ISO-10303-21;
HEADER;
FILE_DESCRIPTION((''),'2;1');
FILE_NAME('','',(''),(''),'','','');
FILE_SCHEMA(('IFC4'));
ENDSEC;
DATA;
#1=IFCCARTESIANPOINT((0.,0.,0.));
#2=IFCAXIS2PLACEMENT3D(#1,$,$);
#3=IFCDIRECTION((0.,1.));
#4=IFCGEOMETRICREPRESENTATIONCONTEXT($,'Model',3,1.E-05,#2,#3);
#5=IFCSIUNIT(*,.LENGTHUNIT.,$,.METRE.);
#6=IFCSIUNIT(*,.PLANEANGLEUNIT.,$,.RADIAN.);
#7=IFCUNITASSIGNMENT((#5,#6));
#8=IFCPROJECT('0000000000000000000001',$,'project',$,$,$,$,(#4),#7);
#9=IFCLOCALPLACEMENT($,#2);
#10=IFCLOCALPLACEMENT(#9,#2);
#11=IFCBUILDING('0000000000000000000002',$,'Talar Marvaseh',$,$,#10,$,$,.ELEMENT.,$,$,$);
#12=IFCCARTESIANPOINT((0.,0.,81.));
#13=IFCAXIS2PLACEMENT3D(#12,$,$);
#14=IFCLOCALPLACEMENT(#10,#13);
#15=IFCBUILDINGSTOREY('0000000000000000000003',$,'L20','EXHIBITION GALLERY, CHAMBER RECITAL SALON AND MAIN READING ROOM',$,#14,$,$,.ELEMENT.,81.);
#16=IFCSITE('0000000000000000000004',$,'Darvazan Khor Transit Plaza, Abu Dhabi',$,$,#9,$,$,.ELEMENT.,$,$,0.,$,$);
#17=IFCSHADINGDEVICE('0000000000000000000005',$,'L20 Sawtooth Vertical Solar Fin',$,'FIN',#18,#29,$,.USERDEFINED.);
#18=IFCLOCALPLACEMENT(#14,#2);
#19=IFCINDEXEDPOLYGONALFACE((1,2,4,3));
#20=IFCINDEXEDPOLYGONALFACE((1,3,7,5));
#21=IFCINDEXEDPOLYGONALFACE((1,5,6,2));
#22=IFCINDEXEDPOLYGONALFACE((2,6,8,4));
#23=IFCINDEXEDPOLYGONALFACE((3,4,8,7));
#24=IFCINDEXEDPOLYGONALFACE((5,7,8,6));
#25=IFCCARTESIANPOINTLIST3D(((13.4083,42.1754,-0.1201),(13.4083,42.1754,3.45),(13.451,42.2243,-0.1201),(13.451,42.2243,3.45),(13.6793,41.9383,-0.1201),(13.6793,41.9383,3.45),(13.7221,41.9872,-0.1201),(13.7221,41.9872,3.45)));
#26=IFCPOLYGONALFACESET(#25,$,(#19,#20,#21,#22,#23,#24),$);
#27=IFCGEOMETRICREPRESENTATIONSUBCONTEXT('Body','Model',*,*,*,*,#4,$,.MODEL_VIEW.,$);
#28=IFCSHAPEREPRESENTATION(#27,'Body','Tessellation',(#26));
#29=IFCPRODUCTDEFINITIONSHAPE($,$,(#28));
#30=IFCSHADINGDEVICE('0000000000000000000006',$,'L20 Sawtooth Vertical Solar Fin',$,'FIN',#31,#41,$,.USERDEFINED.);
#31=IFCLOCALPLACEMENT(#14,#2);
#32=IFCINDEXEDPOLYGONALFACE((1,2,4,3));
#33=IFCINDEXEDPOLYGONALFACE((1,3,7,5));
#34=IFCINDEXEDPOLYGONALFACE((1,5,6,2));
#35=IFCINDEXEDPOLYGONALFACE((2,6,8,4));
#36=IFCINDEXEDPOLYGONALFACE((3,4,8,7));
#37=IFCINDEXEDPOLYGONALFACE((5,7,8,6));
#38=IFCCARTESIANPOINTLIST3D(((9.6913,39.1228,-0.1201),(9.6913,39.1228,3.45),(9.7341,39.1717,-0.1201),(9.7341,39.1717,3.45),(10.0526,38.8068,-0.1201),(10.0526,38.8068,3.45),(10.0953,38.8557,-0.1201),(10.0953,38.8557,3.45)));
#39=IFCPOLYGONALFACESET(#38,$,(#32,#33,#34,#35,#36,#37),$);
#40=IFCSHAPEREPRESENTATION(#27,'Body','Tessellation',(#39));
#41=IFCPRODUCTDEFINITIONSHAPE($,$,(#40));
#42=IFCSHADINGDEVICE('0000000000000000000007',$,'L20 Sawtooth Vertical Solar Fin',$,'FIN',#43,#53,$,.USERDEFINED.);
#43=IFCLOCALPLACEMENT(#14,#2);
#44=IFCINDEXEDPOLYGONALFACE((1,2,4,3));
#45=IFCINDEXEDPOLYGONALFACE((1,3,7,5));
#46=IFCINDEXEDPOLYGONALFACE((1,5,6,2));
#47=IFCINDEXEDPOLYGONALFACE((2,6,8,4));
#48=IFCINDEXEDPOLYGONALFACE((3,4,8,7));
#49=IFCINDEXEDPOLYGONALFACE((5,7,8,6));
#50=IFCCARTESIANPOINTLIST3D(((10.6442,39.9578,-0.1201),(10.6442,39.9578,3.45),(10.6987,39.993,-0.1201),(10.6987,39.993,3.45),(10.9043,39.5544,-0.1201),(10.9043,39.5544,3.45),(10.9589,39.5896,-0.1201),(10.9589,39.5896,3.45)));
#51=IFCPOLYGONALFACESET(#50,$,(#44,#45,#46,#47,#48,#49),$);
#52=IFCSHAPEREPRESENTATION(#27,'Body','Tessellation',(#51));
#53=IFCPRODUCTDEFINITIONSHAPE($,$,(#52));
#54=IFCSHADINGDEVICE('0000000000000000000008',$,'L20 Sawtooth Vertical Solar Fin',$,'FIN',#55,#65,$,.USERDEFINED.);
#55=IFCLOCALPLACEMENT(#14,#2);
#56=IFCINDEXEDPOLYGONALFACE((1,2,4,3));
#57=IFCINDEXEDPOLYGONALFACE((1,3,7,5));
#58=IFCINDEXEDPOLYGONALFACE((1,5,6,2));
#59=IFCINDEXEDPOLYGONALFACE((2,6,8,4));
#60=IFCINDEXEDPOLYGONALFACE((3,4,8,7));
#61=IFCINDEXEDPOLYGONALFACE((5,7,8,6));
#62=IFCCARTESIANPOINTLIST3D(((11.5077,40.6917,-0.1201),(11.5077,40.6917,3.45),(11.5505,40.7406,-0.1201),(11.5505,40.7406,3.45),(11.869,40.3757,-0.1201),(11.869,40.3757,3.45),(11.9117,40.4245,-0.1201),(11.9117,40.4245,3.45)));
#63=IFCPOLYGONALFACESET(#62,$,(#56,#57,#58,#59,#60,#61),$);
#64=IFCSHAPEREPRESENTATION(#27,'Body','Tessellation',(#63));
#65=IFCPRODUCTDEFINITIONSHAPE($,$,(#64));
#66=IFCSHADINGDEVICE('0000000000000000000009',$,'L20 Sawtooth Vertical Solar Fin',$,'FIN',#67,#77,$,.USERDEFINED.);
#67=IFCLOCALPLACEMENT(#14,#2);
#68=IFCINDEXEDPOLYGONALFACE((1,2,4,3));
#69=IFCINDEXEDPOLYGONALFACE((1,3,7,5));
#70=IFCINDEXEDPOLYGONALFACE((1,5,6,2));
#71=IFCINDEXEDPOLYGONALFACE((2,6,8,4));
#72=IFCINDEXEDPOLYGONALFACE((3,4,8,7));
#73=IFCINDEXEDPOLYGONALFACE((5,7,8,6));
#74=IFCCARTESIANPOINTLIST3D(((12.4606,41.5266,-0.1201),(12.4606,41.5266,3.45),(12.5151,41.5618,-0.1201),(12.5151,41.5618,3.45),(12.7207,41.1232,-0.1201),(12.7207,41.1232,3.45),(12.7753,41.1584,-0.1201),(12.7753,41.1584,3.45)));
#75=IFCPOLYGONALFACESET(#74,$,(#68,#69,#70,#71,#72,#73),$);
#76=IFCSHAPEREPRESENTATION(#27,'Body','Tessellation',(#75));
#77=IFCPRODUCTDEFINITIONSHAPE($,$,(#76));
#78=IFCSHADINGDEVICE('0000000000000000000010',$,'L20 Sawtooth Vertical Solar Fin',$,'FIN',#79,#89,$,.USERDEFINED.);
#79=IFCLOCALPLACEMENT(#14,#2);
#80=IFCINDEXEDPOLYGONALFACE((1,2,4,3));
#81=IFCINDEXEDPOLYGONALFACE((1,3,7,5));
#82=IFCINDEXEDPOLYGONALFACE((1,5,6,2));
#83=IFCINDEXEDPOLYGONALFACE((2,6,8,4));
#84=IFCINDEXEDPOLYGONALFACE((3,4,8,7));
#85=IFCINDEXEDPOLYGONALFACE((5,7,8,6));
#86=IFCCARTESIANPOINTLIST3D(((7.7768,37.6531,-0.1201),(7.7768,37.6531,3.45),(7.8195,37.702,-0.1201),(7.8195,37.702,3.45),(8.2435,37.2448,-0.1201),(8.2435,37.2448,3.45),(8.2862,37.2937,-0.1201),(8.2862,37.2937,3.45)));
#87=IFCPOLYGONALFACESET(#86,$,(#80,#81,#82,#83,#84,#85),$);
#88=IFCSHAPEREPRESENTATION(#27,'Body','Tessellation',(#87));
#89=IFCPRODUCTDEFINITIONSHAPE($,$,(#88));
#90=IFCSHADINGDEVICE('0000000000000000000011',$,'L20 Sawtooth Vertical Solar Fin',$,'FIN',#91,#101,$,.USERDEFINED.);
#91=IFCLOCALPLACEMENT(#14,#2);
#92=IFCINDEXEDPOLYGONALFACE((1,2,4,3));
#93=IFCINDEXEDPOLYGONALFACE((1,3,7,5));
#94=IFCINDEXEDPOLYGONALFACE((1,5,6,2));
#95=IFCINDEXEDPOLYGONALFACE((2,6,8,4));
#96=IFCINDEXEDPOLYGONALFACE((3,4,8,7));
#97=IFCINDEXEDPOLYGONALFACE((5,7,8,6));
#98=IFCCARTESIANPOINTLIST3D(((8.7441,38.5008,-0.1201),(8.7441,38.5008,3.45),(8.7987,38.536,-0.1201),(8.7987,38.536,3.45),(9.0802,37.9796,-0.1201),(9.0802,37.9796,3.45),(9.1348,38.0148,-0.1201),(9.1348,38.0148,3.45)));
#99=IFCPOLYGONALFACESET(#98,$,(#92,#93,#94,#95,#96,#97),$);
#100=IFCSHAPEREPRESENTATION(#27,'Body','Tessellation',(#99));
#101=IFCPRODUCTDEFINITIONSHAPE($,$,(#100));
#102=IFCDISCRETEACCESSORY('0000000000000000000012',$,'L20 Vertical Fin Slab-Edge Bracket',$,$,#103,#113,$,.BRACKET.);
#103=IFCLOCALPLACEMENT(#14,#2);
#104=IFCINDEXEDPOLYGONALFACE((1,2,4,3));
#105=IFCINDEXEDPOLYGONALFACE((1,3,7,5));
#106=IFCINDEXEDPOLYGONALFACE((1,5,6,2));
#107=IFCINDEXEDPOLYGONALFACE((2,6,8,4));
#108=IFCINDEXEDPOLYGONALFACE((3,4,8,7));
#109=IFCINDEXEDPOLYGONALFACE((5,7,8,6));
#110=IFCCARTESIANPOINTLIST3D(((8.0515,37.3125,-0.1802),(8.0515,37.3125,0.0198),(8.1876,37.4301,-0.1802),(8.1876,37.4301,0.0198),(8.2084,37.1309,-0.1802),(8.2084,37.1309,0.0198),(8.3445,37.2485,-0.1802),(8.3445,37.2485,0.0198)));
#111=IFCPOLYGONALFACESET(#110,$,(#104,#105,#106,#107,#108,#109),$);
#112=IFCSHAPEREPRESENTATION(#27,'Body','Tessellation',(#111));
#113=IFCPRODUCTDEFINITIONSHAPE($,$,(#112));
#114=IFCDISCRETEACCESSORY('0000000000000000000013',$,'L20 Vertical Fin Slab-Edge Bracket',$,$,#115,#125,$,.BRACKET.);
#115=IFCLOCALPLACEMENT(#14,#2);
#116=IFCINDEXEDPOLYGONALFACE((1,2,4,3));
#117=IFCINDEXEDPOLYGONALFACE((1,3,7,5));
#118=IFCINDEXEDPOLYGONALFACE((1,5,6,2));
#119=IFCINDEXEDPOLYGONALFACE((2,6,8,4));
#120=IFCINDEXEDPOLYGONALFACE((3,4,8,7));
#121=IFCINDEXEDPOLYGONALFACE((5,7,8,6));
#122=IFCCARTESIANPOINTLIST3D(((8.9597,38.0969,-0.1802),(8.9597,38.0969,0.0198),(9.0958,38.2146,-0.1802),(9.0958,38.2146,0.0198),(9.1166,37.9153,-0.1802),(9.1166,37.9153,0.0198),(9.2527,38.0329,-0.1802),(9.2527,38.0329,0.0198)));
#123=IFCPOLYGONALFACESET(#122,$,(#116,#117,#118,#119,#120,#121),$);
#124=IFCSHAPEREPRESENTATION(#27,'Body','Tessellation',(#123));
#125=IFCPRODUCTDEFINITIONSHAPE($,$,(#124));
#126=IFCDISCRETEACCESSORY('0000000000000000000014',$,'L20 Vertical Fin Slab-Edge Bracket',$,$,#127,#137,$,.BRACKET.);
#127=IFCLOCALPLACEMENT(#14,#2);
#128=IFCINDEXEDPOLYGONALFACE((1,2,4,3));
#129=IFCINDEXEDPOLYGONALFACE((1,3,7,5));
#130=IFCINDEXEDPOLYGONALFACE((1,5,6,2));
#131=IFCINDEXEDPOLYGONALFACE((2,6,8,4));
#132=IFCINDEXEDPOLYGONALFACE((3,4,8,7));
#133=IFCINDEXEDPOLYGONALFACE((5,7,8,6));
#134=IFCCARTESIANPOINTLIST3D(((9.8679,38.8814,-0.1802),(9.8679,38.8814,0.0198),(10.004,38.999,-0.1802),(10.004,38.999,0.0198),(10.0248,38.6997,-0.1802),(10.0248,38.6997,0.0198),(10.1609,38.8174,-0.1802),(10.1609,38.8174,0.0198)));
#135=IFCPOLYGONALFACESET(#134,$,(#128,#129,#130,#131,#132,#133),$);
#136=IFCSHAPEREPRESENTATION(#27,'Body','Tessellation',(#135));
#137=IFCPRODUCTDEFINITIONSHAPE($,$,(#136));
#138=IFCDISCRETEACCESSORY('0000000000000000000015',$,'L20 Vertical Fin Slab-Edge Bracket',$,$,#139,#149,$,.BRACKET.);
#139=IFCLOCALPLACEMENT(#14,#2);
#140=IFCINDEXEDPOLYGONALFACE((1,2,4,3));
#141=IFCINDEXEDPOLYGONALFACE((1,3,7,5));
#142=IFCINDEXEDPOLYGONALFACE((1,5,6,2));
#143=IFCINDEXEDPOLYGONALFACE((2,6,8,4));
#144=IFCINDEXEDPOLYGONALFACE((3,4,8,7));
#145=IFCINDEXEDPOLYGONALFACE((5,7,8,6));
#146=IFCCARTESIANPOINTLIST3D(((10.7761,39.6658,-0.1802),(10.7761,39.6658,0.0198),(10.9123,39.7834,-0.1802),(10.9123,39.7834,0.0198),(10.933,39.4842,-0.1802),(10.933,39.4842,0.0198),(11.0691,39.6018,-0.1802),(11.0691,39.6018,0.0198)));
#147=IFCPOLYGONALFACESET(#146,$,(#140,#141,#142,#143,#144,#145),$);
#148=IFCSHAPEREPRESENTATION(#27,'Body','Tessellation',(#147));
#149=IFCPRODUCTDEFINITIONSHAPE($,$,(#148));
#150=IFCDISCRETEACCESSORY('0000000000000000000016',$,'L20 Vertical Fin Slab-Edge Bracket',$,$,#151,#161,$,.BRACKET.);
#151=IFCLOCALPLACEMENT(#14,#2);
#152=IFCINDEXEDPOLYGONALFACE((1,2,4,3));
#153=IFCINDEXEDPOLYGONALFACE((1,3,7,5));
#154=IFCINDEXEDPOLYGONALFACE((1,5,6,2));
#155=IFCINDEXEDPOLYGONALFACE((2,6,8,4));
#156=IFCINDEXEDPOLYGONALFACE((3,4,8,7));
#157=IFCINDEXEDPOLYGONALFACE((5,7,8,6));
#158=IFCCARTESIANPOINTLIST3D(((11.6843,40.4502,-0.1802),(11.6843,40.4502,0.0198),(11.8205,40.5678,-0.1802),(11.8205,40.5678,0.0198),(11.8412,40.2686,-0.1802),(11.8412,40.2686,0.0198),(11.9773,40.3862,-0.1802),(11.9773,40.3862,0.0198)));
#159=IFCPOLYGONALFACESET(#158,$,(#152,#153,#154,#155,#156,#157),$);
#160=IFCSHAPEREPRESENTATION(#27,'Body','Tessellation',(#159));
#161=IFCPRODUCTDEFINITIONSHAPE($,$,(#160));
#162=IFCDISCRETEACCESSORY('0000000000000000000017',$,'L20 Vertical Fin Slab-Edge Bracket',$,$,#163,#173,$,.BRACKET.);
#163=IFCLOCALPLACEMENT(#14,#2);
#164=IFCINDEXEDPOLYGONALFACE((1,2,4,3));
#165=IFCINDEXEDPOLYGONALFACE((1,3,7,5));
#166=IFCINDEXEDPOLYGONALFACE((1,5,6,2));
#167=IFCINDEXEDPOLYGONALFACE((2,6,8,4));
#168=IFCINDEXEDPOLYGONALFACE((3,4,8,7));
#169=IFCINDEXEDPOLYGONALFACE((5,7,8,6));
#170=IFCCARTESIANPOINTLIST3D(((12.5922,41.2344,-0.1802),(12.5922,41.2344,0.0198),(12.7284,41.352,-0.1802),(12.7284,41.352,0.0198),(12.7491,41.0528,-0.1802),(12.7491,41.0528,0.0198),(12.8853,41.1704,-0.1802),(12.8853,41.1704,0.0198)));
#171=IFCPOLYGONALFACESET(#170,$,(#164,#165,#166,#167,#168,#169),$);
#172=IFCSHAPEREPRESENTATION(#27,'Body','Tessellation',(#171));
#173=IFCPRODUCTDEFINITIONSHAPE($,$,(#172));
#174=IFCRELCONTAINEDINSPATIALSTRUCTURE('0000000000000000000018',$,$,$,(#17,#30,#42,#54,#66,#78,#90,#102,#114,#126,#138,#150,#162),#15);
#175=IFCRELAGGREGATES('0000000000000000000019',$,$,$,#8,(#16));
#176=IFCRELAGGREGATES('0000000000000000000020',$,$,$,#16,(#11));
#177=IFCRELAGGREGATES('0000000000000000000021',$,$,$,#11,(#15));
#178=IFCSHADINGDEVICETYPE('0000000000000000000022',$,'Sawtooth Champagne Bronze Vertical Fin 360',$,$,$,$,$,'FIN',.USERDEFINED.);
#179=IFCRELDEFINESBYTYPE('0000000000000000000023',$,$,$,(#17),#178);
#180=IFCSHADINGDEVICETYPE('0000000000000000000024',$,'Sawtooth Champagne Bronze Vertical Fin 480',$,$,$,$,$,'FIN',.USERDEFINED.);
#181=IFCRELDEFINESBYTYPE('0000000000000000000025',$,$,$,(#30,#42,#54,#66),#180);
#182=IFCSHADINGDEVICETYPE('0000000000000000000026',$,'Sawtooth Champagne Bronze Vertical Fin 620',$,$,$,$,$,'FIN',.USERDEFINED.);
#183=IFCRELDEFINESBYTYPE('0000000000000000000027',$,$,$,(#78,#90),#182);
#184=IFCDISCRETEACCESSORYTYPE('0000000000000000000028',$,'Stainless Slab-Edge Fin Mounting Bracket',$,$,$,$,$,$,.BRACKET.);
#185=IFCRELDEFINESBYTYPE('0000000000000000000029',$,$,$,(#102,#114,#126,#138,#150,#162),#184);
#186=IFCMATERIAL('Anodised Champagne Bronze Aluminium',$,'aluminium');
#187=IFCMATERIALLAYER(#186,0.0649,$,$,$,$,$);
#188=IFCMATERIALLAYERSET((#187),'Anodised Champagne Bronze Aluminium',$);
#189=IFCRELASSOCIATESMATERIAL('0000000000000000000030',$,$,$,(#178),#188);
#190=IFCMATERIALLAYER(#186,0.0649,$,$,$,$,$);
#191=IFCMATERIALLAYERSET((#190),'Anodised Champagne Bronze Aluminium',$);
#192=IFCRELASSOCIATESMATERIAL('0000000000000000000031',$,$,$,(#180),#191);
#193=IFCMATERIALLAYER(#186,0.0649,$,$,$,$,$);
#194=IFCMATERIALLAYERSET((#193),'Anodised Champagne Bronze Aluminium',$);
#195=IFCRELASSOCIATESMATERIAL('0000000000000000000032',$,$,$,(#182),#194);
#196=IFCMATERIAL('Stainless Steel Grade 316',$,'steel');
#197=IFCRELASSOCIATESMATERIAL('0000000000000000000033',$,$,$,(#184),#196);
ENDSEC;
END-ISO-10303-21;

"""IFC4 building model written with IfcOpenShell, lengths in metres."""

from ifc_helpers import new_model, si_unit, direction, frame, origin, origin_2d, place, context, subcontext, project, spatial, rectangle, extrude, source, transform, mapped, material, layer, layer_set, type_object, type_shapes, element, save


model = new_model("IFC4")

# Units and contexts
model_context = context("Model", 3, precision=1e-05, world=origin(), true_north=direction((0.0, 1.0)))
body_context = subcontext(model_context, "Body", "Model", "MODEL_VIEW")
ifc_project = project(units=[si_unit("LENGTHUNIT", "METRE"), si_unit("PLANEANGLEUNIT", "RADIAN")], contexts=[model_context])

# Site, building, storey
site_placement = place(None, origin())
site = spatial("IfcSite", under=ifc_project, at=site_placement, Name="Darvazan Khor Transit Plaza, Abu Dhabi", CompositionType="ELEMENT", RefElevation=0.0)
building_placement = place(site_placement, origin())
building = spatial("IfcBuilding", under=site, at=building_placement, Name="Talar Marvaseh", CompositionType="ELEMENT")
storey_placement = place(building_placement, frame((0.0, 0.0, 81.0)))
storey = spatial("IfcBuildingStorey", under=building, at=storey_placement, Name="L20", Description="EXHIBITION GALLERY, CHAMBER RECITAL SALON AND MAIN READING ROOM", CompositionType="ELEMENT", Elevation=81.0)

# Shading devices
ifc_material_1 = material(Name="Anodised Champagne Bronze Aluminium", Category="aluminium")
ifc_layer_1 = layer(ifc_material_1, 0.0649)
ifc_layer_set_1 = layer_set([ifc_layer_1], Name="Anodised Champagne Bronze Aluminium")
shading_device_type_1 = type_object("IfcShadingDeviceType", Name="Sawtooth Champagne Bronze Vertical Fin 360", ElementType="FIN", PredefinedType="USERDEFINED", material=ifc_layer_set_1)
shared_shape_1 = source(origin(), body_context, "Body", "SweptSolid", [
    extrude(rectangle(XDim=0.3601, YDim=0.0649, at=origin_2d()), origin(), (0.0, 0.0, 1.0), 3.5701),
])
type_shapes(shading_device_type_1, [shared_shape_1])
shading_device_placement = place(storey_placement, frame((13.5652, 42.0813, -0.1201), z_axis=(0.0, 0.0, 1.0), x_axis=(-0.752645, 0.658427, 0.0)))
element("IfcShadingDevice", 1, at=shading_device_placement, inside=storey, type_object=shading_device_type_1, Name="L20 Sawtooth Vertical Solar Fin", ObjectType="FIN", PredefinedType="USERDEFINED", context=body_context, shape_type="MappedRepresentation", body=[
    mapped(shared_shape_1, transform((0.0, 0.0, 0.0), x_axis=(1.0, 0.0, 0.0), y_axis=(0.0, 1.0, 0.0), z_axis=(0.0, 0.0, 1.0), scale=1.0)),
])
ifc_layer_2 = layer(ifc_material_1, 0.0649)
ifc_layer_set_2 = layer_set([ifc_layer_2], Name="Anodised Champagne Bronze Aluminium")
shading_device_type_2 = type_object("IfcShadingDeviceType", Name="Sawtooth Champagne Bronze Vertical Fin 480", ElementType="FIN", PredefinedType="USERDEFINED", material=ifc_layer_set_2)
shared_shape_2 = source(origin(), body_context, "Body", "SweptSolid", [
    extrude(rectangle(XDim=0.48, YDim=0.0649, at=origin_2d()), origin(), (0.0, 0.0, 1.0), 3.5701),
])
type_shapes(shading_device_type_2, [shared_shape_2])
for number, where, z_axis, x_axis, name in (
    (2, (9.8933, 38.9893, -0.1201), (0.0, 0.0, 1.0), (-0.752645, 0.658427, 0.0), "L20 Sawtooth Vertical Solar Fin"),
    (3, (10.8015, 39.7737, -0.1201), (0.0, 0.0, 1.0), (-0.542002, 0.840377, 0.0), "L20 Sawtooth Vertical Solar Fin"),
    (4, (11.7097, 40.5581, -0.1201), (0.0, 0.0, 1.0), (-0.752645, 0.658427, 0.0), "L20 Sawtooth Vertical Solar Fin"),
    (5, (12.6179, 41.3425, -0.1201), (0.0, 0.0, 1.0), (-0.542002, 0.840377, 0.0), "L20 Sawtooth Vertical Solar Fin"),
):
    element("IfcShadingDevice", number, at=place(storey_placement, frame(where, z_axis=z_axis, x_axis=x_axis)), inside=storey, type_object=shading_device_type_2, Name=name, ObjectType="FIN", PredefinedType="USERDEFINED", context=body_context, shape_type="MappedRepresentation", body=[
        mapped(shared_shape_2, transform((0.0, 0.0, 0.0), x_axis=(1.0, 0.0, 0.0), y_axis=(0.0, 1.0, 0.0), z_axis=(0.0, 0.0, 1.0), scale=1.0)),
    ])
ifc_layer_3 = layer(ifc_material_1, 0.0649)
ifc_layer_set_3 = layer_set([ifc_layer_3], Name="Anodised Champagne Bronze Aluminium")
shading_device_type_3 = type_object("IfcShadingDeviceType", Name="Sawtooth Champagne Bronze Vertical Fin 620", ElementType="FIN", PredefinedType="USERDEFINED", material=ifc_layer_set_3)
shared_shape_3 = source(origin(), body_context, "Body", "SweptSolid", [
    extrude(rectangle(XDim=0.6201, YDim=0.0649, at=origin_2d()), origin(), (0.0, 0.0, 1.0), 3.5701),
])
type_shapes(shading_device_type_3, [shared_shape_3])
for number, where, z_axis, x_axis, name in (
    (6, (8.0315, 37.4734, -0.1201), (0.0, 0.0, 1.0), (-0.752645, 0.658427, 0.0), "L20 Sawtooth Vertical Solar Fin"),
    (7, (8.9395, 38.2578, -0.1201), (0.0, 0.0, 1.0), (-0.542002, 0.840377, 0.0), "L20 Sawtooth Vertical Solar Fin"),
):
    element("IfcShadingDevice", number, at=place(storey_placement, frame(where, z_axis=z_axis, x_axis=x_axis)), inside=storey, type_object=shading_device_type_3, Name=name, ObjectType="FIN", PredefinedType="USERDEFINED", context=body_context, shape_type="MappedRepresentation", body=[
        mapped(shared_shape_3, transform((0.0, 0.0, 0.0), x_axis=(1.0, 0.0, 0.0), y_axis=(0.0, 1.0, 0.0), z_axis=(0.0, 0.0, 1.0), scale=1.0)),
    ])

# Discrete accessories
ifc_material_2 = material(Name="Stainless Steel Grade 316", Category="steel")
discrete_accessory_type = type_object("IfcDiscreteAccessoryType", Name="Stainless Slab-Edge Fin Mounting Bracket", PredefinedType="BRACKET", material=ifc_material_2)
shared_shape_4 = source(origin(), body_context, "Body", "SweptSolid", [
    extrude(rectangle(XDim=0.24, YDim=0.1799, at=origin_2d()), origin(), (0.0, 0.0, 1.0), 0.2),
])
type_shapes(discrete_accessory_type, [shared_shape_4])
for number, where, z_axis, x_axis, name in (
    (8, (8.198, 37.2805, -0.1802), (0.0, 0.0, 1.0), (-0.653685, 0.756767, 0.0), "L20 Vertical Fin Slab-Edge Bracket"),
    (9, (9.1062, 38.0649, -0.1802), (0.0, 0.0, 1.0), (-0.653685, 0.756767, 0.0), "L20 Vertical Fin Slab-Edge Bracket"),
    (10, (10.0144, 38.8494, -0.1802), (0.0, 0.0, 1.0), (-0.653685, 0.756767, 0.0), "L20 Vertical Fin Slab-Edge Bracket"),
    (11, (10.9226, 39.6338, -0.1802), (0.0, 0.0, 1.0), (-0.653685, 0.756767, 0.0), "L20 Vertical Fin Slab-Edge Bracket"),
    (12, (11.8308, 40.4182, -0.1802), (0.0, 0.0, 1.0), (-0.653685, 0.756767, 0.0), "L20 Vertical Fin Slab-Edge Bracket"),
    (13, (12.7388, 41.2024, -0.1802), (0.0, 0.0, 1.0), (-0.653685, 0.756767, 0.0), "L20 Vertical Fin Slab-Edge Bracket"),
):
    element("IfcDiscreteAccessory", number, at=place(storey_placement, frame(where, z_axis=z_axis, x_axis=x_axis)), inside=storey, type_object=discrete_accessory_type, Name=name, PredefinedType="BRACKET", context=body_context, shape_type="MappedRepresentation", body=[
        mapped(shared_shape_4, transform((0.0, 0.0, 0.0), x_axis=(1.0, 0.0, 0.0), y_axis=(0.0, 1.0, 0.0), z_axis=(0.0, 0.0, 1.0), scale=1.0)),
    ])

save(model, "model.ifc")
